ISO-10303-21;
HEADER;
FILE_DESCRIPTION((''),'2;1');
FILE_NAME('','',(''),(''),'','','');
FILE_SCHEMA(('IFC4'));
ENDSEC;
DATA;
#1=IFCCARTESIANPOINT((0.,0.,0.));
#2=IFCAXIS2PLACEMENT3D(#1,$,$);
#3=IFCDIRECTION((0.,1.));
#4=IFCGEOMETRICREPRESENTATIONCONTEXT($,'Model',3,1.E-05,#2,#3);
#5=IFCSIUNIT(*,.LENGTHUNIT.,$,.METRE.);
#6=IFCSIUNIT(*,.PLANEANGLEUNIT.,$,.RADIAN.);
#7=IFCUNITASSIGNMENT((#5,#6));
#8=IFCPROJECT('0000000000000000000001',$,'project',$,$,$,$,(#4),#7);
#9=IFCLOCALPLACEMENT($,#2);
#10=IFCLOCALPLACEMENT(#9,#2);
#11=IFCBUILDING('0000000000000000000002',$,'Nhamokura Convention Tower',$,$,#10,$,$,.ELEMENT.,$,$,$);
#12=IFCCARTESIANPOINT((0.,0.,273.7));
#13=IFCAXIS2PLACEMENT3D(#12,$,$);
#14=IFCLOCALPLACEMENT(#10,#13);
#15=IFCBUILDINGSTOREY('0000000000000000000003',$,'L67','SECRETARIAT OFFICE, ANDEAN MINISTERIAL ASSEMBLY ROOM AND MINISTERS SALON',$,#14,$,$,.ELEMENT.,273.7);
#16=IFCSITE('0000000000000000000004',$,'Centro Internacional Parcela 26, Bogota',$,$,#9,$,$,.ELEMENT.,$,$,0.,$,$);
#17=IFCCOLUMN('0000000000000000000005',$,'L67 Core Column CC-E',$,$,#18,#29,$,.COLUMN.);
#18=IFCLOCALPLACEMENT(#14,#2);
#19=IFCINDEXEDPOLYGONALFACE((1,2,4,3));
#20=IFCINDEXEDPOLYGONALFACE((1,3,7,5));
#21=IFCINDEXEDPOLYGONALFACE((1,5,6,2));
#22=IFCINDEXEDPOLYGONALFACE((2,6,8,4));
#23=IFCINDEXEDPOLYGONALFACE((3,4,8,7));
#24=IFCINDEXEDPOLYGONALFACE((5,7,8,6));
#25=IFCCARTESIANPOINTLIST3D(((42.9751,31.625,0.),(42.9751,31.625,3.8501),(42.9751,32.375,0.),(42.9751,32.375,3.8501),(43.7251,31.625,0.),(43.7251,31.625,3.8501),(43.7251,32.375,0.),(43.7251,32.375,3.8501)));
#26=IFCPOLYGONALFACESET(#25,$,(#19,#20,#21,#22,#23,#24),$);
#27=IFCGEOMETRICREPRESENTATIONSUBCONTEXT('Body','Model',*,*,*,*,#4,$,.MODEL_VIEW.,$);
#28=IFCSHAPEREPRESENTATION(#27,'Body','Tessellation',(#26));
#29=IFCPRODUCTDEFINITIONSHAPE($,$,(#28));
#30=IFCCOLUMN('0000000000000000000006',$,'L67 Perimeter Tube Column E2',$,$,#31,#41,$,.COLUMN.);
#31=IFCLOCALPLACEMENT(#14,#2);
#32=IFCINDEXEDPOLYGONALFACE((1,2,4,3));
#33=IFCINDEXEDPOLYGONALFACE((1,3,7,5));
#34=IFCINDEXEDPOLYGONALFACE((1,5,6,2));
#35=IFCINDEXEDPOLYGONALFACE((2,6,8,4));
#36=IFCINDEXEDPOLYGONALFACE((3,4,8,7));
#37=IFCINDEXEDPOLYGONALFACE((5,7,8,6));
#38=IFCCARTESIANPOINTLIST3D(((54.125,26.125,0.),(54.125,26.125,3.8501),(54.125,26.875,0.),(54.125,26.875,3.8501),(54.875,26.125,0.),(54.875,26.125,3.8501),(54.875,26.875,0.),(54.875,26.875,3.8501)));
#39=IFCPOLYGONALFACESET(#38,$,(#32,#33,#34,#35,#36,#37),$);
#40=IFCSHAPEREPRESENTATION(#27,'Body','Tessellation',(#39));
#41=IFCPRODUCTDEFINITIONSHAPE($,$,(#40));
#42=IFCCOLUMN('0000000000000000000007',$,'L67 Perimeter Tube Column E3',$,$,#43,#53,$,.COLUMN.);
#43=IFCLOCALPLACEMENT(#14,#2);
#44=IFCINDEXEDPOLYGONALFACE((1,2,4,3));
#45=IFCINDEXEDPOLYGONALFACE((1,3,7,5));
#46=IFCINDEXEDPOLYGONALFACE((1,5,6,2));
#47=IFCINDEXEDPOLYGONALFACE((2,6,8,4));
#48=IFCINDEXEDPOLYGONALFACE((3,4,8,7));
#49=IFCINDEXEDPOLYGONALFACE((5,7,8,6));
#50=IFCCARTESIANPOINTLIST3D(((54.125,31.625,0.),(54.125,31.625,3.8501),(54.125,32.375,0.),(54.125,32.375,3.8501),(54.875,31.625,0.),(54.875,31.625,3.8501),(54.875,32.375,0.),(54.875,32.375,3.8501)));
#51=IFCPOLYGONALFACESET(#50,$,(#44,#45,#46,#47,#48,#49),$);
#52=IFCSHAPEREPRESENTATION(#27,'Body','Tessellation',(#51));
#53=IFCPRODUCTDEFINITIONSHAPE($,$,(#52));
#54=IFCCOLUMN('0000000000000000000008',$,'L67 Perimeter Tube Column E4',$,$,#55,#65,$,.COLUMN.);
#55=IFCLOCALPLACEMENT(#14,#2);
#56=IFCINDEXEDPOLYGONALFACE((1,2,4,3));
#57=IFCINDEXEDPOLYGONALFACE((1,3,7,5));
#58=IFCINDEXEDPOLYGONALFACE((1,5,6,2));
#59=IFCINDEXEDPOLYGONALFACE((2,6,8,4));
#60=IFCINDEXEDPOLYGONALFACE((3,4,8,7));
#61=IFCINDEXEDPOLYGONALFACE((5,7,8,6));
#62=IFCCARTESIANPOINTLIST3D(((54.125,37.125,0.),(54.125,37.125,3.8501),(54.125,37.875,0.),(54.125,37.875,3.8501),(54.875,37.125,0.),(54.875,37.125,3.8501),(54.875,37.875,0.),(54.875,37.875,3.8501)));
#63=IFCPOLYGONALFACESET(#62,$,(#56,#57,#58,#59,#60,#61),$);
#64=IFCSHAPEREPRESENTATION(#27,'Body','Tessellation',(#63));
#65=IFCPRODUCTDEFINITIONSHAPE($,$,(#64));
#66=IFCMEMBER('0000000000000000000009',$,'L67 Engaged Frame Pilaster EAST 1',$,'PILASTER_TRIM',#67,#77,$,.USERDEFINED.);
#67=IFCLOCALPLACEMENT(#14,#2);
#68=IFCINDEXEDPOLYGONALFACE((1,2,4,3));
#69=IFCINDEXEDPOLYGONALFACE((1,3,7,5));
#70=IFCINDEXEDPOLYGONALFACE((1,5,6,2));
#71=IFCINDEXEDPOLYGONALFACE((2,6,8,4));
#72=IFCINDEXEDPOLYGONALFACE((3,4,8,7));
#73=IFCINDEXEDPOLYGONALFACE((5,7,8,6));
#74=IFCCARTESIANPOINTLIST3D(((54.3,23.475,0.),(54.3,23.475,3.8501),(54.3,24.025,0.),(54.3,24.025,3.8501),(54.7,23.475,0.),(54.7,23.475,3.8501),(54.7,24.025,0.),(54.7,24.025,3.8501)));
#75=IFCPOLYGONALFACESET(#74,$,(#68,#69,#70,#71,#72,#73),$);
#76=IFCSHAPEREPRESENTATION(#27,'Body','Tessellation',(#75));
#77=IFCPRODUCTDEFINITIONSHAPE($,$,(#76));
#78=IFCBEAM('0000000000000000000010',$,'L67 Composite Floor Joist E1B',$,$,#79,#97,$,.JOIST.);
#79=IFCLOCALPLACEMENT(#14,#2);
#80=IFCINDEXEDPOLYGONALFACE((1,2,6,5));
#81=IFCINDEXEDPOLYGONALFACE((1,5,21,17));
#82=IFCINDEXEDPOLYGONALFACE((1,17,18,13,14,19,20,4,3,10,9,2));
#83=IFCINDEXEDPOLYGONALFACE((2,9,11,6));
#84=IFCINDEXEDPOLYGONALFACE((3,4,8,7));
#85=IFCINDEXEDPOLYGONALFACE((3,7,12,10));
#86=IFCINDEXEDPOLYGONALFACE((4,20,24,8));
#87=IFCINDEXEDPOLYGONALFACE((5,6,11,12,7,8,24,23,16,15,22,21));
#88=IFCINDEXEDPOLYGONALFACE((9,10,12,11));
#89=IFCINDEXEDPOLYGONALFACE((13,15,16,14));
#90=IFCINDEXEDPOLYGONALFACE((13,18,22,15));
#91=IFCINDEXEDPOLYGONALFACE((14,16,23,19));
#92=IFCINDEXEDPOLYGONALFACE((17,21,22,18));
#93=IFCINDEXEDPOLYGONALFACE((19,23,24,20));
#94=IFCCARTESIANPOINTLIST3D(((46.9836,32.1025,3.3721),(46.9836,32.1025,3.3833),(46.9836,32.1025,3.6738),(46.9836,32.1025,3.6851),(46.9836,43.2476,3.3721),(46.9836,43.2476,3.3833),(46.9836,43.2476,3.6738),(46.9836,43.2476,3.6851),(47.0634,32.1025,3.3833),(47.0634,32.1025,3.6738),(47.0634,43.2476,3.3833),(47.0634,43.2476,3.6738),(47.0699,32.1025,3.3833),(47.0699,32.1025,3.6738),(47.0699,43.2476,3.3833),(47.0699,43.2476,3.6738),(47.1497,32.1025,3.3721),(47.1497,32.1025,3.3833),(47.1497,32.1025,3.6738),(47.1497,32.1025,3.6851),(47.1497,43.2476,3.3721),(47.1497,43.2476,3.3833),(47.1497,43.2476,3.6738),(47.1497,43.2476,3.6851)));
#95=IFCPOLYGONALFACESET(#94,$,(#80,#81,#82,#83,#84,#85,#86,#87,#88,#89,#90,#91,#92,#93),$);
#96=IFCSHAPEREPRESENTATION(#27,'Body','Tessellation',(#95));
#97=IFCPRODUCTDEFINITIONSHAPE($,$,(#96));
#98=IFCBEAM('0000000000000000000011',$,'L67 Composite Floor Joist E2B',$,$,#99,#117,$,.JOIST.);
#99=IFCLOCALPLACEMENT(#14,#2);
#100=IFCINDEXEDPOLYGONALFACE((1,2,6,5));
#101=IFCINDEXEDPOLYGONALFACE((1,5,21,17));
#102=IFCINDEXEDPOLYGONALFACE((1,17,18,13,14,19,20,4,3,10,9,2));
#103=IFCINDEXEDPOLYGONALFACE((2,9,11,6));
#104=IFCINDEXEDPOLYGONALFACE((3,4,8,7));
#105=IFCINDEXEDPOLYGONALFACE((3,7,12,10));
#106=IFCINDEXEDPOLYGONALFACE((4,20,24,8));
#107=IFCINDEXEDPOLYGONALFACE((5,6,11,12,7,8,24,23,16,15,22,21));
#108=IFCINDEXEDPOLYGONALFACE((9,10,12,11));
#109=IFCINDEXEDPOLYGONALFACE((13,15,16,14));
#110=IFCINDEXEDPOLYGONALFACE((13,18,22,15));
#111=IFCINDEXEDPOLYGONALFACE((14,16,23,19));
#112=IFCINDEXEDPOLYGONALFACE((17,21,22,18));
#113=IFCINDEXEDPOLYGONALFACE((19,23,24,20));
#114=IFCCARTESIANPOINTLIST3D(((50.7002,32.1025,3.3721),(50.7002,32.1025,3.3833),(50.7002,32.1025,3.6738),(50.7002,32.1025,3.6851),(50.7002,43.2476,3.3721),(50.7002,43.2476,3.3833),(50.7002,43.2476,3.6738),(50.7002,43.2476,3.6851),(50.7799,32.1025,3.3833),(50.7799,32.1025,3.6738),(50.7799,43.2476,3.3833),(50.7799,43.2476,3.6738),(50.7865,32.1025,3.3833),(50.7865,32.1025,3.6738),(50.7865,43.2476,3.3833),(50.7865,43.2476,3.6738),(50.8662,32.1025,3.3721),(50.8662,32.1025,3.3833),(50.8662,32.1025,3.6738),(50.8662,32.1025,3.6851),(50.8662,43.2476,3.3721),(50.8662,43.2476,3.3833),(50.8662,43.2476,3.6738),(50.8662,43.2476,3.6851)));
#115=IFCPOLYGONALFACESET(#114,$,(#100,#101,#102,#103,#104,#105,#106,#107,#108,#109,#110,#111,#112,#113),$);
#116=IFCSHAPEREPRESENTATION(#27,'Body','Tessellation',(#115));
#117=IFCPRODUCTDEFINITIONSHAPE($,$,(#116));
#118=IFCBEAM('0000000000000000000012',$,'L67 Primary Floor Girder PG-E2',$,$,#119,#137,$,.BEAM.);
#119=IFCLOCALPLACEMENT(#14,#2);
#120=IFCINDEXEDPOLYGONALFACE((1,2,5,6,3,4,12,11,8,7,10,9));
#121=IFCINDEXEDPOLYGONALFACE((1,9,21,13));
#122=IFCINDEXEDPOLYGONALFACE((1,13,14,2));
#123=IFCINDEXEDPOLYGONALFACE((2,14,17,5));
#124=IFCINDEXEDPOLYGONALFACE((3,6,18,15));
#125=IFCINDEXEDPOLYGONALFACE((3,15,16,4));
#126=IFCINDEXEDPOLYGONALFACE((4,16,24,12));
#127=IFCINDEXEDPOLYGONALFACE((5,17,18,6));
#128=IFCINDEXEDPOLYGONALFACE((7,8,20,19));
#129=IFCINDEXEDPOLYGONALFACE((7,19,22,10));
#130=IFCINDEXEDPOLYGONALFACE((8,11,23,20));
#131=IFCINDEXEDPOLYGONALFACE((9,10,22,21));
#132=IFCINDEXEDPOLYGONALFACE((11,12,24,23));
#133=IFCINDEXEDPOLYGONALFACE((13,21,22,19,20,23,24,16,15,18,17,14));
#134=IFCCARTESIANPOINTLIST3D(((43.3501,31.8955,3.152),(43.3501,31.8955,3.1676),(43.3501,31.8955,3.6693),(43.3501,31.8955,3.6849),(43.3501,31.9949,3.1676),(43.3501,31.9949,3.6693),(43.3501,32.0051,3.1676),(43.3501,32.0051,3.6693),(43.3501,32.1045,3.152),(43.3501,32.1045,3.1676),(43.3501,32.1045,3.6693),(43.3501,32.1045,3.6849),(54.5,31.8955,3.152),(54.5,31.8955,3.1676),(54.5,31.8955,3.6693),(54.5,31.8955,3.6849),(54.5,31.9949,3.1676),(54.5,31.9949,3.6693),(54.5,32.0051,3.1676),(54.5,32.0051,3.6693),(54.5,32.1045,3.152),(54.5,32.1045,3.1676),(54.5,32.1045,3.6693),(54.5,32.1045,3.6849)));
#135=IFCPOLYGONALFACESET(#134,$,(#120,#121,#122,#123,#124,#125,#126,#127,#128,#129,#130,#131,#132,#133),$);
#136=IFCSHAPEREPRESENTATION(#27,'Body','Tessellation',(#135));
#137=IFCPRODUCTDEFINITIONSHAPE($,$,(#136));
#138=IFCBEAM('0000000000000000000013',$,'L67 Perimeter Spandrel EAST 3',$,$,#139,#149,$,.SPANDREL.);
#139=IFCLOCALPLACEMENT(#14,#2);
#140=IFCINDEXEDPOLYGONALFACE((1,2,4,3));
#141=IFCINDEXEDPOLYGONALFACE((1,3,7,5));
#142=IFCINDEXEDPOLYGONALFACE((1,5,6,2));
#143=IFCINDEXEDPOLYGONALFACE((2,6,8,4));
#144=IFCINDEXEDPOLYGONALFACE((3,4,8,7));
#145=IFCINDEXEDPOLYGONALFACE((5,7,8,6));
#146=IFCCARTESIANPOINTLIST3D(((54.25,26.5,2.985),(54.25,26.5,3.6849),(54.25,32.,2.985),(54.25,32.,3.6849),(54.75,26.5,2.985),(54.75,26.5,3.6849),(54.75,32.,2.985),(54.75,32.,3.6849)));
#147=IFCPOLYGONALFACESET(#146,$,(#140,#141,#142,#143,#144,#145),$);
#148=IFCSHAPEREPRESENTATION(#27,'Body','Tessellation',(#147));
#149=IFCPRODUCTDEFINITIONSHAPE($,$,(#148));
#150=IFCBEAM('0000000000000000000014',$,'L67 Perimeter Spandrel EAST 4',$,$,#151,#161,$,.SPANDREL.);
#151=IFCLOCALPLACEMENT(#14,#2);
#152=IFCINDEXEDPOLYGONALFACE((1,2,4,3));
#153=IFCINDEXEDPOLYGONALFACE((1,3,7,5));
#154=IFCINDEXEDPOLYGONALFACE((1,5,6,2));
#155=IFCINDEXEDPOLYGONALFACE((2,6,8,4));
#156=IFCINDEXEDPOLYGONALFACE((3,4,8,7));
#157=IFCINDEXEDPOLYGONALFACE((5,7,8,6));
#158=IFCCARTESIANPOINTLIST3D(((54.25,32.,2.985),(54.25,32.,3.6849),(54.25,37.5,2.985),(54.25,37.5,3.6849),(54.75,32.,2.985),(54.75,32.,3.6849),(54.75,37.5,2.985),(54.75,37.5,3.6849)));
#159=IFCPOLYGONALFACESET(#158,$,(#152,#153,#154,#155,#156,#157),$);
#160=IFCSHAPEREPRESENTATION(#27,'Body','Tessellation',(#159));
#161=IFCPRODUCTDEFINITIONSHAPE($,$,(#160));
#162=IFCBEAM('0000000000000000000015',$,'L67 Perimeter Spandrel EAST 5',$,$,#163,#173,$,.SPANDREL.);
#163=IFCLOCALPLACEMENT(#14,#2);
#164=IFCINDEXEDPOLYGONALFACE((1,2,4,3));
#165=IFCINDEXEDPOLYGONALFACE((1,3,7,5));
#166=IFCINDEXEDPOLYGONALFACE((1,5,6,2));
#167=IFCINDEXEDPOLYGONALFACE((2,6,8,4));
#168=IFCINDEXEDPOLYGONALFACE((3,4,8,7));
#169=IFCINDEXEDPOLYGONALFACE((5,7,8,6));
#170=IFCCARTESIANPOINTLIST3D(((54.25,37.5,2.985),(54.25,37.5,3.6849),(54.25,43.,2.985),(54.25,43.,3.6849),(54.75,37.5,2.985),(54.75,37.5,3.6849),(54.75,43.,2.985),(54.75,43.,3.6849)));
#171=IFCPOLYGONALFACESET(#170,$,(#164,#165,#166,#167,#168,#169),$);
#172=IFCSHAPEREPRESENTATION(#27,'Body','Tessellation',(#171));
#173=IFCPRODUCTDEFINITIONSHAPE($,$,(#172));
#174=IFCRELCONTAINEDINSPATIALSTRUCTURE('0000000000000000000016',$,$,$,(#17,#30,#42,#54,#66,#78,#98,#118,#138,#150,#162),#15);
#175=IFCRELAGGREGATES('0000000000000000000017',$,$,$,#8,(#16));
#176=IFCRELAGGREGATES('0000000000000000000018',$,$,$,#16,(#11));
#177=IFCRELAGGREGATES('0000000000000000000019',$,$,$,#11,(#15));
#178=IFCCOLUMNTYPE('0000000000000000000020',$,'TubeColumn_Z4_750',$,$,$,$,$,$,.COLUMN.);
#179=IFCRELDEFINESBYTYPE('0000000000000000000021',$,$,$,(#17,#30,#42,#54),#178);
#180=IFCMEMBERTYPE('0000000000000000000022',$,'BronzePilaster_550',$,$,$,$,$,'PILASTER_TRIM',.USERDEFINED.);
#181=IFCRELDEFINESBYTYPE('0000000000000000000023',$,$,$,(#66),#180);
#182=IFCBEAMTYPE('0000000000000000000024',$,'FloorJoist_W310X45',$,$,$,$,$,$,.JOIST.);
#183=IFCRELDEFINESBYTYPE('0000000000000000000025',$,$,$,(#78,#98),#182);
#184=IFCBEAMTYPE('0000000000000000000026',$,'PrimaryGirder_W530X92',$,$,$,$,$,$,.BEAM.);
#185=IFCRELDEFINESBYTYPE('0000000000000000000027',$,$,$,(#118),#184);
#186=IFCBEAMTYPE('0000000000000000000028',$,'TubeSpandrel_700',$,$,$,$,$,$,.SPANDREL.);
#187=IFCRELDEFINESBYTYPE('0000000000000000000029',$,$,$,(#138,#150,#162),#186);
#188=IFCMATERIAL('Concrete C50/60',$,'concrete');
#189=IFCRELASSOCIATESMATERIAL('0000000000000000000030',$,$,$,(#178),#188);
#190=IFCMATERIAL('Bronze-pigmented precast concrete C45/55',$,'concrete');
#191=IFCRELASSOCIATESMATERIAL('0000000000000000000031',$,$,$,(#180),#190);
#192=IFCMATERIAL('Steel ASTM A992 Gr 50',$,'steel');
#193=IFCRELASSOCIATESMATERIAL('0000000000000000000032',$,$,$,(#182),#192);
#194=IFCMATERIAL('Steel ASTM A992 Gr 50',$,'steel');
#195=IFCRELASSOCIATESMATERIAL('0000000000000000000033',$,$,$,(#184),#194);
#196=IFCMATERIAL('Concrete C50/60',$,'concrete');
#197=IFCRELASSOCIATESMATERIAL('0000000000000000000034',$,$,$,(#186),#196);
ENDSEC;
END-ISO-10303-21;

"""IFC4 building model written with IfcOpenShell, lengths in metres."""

from ifc_helpers import new_model, si_unit, direction, frame, origin, origin_2d, place, context, subcontext, project, spatial, rectangle, i_section, extrude, material, material_profile, profile_set, type_object, element, save


model = new_model("IFC4")

# Units and contexts
model_context = context("Model", 3, precision=1e-05, world=origin(), true_north=direction((0.0, 1.0)))
body_context = subcontext(model_context, "Body", "Model", "MODEL_VIEW")
ifc_project = project(units=[si_unit("LENGTHUNIT", "METRE"), si_unit("PLANEANGLEUNIT", "RADIAN")], contexts=[model_context])

# Site, building, storey
site_placement = place(None, origin())
site = spatial("IfcSite", under=ifc_project, at=site_placement, Name="Centro Internacional Parcela 26, Bogota", CompositionType="ELEMENT", RefElevation=0.0)
building_placement = place(site_placement, origin())
building = spatial("IfcBuilding", under=site, at=building_placement, Name="Nhamokura Convention Tower", CompositionType="ELEMENT")
storey_placement = place(building_placement, frame((0.0, 0.0, 273.7)))
storey = spatial("IfcBuildingStorey", under=building, at=storey_placement, Name="L67", Description="SECRETARIAT OFFICE, ANDEAN MINISTERIAL ASSEMBLY ROOM AND MINISTERS SALON", CompositionType="ELEMENT", Elevation=273.7)

# Columns
ifc_material_1 = material(Name="Concrete C50/60", Category="concrete")
ifc_material_profile_1 = material_profile(ifc_material_1, rectangle(XDim=0.75, YDim=0.75, at=origin_2d()))
ifc_profile_set_1 = profile_set([ifc_material_profile_1], Name="Concrete C50/60")
column_type = type_object("IfcColumnType", Name="TubeColumn_Z4_750", PredefinedType="COLUMN", material=ifc_profile_set_1)
for number, where, z_axis, x_axis, name in (
    (1, (43.3501, 32.0, 0.0), (0.0, 0.0, 1.0), (1.0, 0.0, 0.0), "L67 Core Column CC-E"),
    (2, (54.5, 26.5, 0.0), (0.0, 0.0, 1.0), (1.0, 0.0, 0.0), "L67 Perimeter Tube Column E2"),
    (3, (54.5, 32.0, 0.0), (0.0, 0.0, 1.0), (1.0, 0.0, 0.0), "L67 Perimeter Tube Column E3"),
    (4, (54.5, 37.5, 0.0), (0.0, 0.0, 1.0), (1.0, 0.0, 0.0), "L67 Perimeter Tube Column E4"),
):
    element("IfcColumn", number, at=place(storey_placement, frame(where, z_axis=z_axis, x_axis=x_axis)), inside=storey, type_object=column_type, Name=name, PredefinedType="COLUMN", context=body_context, shape_type="SweptSolid", body=[
        extrude(rectangle(XDim=0.75, YDim=0.75, at=origin_2d()), origin(), (0.0, 0.0, 1.0), 3.8501),
    ])

# Member
ifc_material_2 = material(Name="Bronze-pigmented precast concrete C45/55", Category="concrete")
ifc_material_profile_2 = material_profile(ifc_material_2, rectangle(XDim=0.3999, YDim=0.55, at=origin_2d()))
ifc_profile_set_2 = profile_set([ifc_material_profile_2], Name="Bronze-pigmented precast concrete C45/55")
member_type = type_object("IfcMemberType", Name="BronzePilaster_550", ElementType="PILASTER_TRIM", PredefinedType="USERDEFINED", material=ifc_profile_set_2)
member_placement = place(storey_placement, frame((54.5, 23.75, 0.0), z_axis=(0.0, 0.0, 1.0), x_axis=(1.0, 0.0, 0.0)))
element("IfcMember", 5, at=member_placement, inside=storey, type_object=member_type, Name="L67 Engaged Frame Pilaster EAST 1", ObjectType="PILASTER_TRIM", PredefinedType="USERDEFINED", context=body_context, shape_type="SweptSolid", body=[
    extrude(rectangle(XDim=0.3999, YDim=0.55, at=origin_2d()), origin(), (0.0, 0.0, 1.0), 3.8501),
])

# Beams
ifc_material_3 = material(Name="Steel ASTM A992 Gr 50", Category="steel")
ifc_material_profile_3 = material_profile(ifc_material_3, i_section(OverallWidth=0.166, OverallDepth=0.313, WebThickness=0.0066, FlangeThickness=0.0112, at=origin_2d()))
ifc_profile_set_3 = profile_set([ifc_material_profile_3], Name="Steel ASTM A992 Gr 50")
beam_type_1 = type_object("IfcBeamType", Name="FloorJoist_W310X45", PredefinedType="JOIST", material=ifc_profile_set_3)
for number, where, z_axis, x_axis, name in (
    (6, (47.0667, 32.1025, 3.5286), (0.0, 1.0, 0.0), (-1.0, 0.0, 0.0), "L67 Composite Floor Joist E1B"),
    (7, (50.7832, 32.1025, 3.5286), (0.0, 1.0, 0.0), (-1.0, 0.0, 0.0), "L67 Composite Floor Joist E2B"),
):
    element("IfcBeam", number, at=place(storey_placement, frame(where, z_axis=z_axis, x_axis=x_axis)), inside=storey, type_object=beam_type_1, Name=name, PredefinedType="JOIST", context=body_context, shape_type="SweptSolid", body=[
        extrude(i_section(OverallWidth=0.166, OverallDepth=0.313, WebThickness=0.0066, FlangeThickness=0.0112, at=origin_2d()), origin(), (0.0, 0.0, 1.0), 11.145),
    ])
ifc_material_4 = material(Name="Steel ASTM A992 Gr 50", Category="steel")
ifc_material_profile_4 = material_profile(ifc_material_4, i_section(OverallWidth=0.209, OverallDepth=0.533, WebThickness=0.0103, FlangeThickness=0.0156, at=origin_2d()))
ifc_profile_set_4 = profile_set([ifc_material_profile_4], Name="Steel ASTM A992 Gr 50")
beam_type_2 = type_object("IfcBeamType", Name="PrimaryGirder_W530X92", PredefinedType="BEAM", material=ifc_profile_set_4)
beam_placement = place(storey_placement, frame((43.3501, 32.0, 3.4185), z_axis=(1.0, 0.0, 0.0), x_axis=(0.0, 1.0, 0.0)))
element("IfcBeam", 8, at=beam_placement, inside=storey, type_object=beam_type_2, Name="L67 Primary Floor Girder PG-E2", PredefinedType="BEAM", context=body_context, shape_type="SweptSolid", body=[
    extrude(i_section(OverallWidth=0.209, OverallDepth=0.533, WebThickness=0.0103, FlangeThickness=0.0156, at=origin_2d()), origin(), (0.0, 0.0, 1.0), 11.1499),
])
ifc_material_5 = material(Name="Concrete C50/60", Category="concrete")
ifc_material_profile_5 = material_profile(ifc_material_5, rectangle(XDim=0.5, YDim=0.7, at=origin_2d()))
ifc_profile_set_5 = profile_set([ifc_material_profile_5], Name="Concrete C50/60")
beam_type_3 = type_object("IfcBeamType", Name="TubeSpandrel_700", PredefinedType="SPANDREL", material=ifc_profile_set_5)
for number, where, z_axis, x_axis, name in (
    (9, (54.5, 26.5, 3.335), (0.0, 1.0, 0.0), (-1.0, 0.0, 0.0), "L67 Perimeter Spandrel EAST 3"),
    (10, (54.5, 32.0, 3.335), (0.0, 1.0, 0.0), (-1.0, 0.0, 0.0), "L67 Perimeter Spandrel EAST 4"),
    (11, (54.5, 37.5, 3.335), (0.0, 1.0, 0.0), (-1.0, 0.0, 0.0), "L67 Perimeter Spandrel EAST 5"),
):
    element("IfcBeam", number, at=place(storey_placement, frame(where, z_axis=z_axis, x_axis=x_axis)), inside=storey, type_object=beam_type_3, Name=name, PredefinedType="SPANDREL", context=body_context, shape_type="SweptSolid", body=[
        extrude(rectangle(XDim=0.5, YDim=0.7, at=origin_2d()), origin(), (0.0, 0.0, 1.0), 5.5),
    ])

save(model, "model.ifc")
